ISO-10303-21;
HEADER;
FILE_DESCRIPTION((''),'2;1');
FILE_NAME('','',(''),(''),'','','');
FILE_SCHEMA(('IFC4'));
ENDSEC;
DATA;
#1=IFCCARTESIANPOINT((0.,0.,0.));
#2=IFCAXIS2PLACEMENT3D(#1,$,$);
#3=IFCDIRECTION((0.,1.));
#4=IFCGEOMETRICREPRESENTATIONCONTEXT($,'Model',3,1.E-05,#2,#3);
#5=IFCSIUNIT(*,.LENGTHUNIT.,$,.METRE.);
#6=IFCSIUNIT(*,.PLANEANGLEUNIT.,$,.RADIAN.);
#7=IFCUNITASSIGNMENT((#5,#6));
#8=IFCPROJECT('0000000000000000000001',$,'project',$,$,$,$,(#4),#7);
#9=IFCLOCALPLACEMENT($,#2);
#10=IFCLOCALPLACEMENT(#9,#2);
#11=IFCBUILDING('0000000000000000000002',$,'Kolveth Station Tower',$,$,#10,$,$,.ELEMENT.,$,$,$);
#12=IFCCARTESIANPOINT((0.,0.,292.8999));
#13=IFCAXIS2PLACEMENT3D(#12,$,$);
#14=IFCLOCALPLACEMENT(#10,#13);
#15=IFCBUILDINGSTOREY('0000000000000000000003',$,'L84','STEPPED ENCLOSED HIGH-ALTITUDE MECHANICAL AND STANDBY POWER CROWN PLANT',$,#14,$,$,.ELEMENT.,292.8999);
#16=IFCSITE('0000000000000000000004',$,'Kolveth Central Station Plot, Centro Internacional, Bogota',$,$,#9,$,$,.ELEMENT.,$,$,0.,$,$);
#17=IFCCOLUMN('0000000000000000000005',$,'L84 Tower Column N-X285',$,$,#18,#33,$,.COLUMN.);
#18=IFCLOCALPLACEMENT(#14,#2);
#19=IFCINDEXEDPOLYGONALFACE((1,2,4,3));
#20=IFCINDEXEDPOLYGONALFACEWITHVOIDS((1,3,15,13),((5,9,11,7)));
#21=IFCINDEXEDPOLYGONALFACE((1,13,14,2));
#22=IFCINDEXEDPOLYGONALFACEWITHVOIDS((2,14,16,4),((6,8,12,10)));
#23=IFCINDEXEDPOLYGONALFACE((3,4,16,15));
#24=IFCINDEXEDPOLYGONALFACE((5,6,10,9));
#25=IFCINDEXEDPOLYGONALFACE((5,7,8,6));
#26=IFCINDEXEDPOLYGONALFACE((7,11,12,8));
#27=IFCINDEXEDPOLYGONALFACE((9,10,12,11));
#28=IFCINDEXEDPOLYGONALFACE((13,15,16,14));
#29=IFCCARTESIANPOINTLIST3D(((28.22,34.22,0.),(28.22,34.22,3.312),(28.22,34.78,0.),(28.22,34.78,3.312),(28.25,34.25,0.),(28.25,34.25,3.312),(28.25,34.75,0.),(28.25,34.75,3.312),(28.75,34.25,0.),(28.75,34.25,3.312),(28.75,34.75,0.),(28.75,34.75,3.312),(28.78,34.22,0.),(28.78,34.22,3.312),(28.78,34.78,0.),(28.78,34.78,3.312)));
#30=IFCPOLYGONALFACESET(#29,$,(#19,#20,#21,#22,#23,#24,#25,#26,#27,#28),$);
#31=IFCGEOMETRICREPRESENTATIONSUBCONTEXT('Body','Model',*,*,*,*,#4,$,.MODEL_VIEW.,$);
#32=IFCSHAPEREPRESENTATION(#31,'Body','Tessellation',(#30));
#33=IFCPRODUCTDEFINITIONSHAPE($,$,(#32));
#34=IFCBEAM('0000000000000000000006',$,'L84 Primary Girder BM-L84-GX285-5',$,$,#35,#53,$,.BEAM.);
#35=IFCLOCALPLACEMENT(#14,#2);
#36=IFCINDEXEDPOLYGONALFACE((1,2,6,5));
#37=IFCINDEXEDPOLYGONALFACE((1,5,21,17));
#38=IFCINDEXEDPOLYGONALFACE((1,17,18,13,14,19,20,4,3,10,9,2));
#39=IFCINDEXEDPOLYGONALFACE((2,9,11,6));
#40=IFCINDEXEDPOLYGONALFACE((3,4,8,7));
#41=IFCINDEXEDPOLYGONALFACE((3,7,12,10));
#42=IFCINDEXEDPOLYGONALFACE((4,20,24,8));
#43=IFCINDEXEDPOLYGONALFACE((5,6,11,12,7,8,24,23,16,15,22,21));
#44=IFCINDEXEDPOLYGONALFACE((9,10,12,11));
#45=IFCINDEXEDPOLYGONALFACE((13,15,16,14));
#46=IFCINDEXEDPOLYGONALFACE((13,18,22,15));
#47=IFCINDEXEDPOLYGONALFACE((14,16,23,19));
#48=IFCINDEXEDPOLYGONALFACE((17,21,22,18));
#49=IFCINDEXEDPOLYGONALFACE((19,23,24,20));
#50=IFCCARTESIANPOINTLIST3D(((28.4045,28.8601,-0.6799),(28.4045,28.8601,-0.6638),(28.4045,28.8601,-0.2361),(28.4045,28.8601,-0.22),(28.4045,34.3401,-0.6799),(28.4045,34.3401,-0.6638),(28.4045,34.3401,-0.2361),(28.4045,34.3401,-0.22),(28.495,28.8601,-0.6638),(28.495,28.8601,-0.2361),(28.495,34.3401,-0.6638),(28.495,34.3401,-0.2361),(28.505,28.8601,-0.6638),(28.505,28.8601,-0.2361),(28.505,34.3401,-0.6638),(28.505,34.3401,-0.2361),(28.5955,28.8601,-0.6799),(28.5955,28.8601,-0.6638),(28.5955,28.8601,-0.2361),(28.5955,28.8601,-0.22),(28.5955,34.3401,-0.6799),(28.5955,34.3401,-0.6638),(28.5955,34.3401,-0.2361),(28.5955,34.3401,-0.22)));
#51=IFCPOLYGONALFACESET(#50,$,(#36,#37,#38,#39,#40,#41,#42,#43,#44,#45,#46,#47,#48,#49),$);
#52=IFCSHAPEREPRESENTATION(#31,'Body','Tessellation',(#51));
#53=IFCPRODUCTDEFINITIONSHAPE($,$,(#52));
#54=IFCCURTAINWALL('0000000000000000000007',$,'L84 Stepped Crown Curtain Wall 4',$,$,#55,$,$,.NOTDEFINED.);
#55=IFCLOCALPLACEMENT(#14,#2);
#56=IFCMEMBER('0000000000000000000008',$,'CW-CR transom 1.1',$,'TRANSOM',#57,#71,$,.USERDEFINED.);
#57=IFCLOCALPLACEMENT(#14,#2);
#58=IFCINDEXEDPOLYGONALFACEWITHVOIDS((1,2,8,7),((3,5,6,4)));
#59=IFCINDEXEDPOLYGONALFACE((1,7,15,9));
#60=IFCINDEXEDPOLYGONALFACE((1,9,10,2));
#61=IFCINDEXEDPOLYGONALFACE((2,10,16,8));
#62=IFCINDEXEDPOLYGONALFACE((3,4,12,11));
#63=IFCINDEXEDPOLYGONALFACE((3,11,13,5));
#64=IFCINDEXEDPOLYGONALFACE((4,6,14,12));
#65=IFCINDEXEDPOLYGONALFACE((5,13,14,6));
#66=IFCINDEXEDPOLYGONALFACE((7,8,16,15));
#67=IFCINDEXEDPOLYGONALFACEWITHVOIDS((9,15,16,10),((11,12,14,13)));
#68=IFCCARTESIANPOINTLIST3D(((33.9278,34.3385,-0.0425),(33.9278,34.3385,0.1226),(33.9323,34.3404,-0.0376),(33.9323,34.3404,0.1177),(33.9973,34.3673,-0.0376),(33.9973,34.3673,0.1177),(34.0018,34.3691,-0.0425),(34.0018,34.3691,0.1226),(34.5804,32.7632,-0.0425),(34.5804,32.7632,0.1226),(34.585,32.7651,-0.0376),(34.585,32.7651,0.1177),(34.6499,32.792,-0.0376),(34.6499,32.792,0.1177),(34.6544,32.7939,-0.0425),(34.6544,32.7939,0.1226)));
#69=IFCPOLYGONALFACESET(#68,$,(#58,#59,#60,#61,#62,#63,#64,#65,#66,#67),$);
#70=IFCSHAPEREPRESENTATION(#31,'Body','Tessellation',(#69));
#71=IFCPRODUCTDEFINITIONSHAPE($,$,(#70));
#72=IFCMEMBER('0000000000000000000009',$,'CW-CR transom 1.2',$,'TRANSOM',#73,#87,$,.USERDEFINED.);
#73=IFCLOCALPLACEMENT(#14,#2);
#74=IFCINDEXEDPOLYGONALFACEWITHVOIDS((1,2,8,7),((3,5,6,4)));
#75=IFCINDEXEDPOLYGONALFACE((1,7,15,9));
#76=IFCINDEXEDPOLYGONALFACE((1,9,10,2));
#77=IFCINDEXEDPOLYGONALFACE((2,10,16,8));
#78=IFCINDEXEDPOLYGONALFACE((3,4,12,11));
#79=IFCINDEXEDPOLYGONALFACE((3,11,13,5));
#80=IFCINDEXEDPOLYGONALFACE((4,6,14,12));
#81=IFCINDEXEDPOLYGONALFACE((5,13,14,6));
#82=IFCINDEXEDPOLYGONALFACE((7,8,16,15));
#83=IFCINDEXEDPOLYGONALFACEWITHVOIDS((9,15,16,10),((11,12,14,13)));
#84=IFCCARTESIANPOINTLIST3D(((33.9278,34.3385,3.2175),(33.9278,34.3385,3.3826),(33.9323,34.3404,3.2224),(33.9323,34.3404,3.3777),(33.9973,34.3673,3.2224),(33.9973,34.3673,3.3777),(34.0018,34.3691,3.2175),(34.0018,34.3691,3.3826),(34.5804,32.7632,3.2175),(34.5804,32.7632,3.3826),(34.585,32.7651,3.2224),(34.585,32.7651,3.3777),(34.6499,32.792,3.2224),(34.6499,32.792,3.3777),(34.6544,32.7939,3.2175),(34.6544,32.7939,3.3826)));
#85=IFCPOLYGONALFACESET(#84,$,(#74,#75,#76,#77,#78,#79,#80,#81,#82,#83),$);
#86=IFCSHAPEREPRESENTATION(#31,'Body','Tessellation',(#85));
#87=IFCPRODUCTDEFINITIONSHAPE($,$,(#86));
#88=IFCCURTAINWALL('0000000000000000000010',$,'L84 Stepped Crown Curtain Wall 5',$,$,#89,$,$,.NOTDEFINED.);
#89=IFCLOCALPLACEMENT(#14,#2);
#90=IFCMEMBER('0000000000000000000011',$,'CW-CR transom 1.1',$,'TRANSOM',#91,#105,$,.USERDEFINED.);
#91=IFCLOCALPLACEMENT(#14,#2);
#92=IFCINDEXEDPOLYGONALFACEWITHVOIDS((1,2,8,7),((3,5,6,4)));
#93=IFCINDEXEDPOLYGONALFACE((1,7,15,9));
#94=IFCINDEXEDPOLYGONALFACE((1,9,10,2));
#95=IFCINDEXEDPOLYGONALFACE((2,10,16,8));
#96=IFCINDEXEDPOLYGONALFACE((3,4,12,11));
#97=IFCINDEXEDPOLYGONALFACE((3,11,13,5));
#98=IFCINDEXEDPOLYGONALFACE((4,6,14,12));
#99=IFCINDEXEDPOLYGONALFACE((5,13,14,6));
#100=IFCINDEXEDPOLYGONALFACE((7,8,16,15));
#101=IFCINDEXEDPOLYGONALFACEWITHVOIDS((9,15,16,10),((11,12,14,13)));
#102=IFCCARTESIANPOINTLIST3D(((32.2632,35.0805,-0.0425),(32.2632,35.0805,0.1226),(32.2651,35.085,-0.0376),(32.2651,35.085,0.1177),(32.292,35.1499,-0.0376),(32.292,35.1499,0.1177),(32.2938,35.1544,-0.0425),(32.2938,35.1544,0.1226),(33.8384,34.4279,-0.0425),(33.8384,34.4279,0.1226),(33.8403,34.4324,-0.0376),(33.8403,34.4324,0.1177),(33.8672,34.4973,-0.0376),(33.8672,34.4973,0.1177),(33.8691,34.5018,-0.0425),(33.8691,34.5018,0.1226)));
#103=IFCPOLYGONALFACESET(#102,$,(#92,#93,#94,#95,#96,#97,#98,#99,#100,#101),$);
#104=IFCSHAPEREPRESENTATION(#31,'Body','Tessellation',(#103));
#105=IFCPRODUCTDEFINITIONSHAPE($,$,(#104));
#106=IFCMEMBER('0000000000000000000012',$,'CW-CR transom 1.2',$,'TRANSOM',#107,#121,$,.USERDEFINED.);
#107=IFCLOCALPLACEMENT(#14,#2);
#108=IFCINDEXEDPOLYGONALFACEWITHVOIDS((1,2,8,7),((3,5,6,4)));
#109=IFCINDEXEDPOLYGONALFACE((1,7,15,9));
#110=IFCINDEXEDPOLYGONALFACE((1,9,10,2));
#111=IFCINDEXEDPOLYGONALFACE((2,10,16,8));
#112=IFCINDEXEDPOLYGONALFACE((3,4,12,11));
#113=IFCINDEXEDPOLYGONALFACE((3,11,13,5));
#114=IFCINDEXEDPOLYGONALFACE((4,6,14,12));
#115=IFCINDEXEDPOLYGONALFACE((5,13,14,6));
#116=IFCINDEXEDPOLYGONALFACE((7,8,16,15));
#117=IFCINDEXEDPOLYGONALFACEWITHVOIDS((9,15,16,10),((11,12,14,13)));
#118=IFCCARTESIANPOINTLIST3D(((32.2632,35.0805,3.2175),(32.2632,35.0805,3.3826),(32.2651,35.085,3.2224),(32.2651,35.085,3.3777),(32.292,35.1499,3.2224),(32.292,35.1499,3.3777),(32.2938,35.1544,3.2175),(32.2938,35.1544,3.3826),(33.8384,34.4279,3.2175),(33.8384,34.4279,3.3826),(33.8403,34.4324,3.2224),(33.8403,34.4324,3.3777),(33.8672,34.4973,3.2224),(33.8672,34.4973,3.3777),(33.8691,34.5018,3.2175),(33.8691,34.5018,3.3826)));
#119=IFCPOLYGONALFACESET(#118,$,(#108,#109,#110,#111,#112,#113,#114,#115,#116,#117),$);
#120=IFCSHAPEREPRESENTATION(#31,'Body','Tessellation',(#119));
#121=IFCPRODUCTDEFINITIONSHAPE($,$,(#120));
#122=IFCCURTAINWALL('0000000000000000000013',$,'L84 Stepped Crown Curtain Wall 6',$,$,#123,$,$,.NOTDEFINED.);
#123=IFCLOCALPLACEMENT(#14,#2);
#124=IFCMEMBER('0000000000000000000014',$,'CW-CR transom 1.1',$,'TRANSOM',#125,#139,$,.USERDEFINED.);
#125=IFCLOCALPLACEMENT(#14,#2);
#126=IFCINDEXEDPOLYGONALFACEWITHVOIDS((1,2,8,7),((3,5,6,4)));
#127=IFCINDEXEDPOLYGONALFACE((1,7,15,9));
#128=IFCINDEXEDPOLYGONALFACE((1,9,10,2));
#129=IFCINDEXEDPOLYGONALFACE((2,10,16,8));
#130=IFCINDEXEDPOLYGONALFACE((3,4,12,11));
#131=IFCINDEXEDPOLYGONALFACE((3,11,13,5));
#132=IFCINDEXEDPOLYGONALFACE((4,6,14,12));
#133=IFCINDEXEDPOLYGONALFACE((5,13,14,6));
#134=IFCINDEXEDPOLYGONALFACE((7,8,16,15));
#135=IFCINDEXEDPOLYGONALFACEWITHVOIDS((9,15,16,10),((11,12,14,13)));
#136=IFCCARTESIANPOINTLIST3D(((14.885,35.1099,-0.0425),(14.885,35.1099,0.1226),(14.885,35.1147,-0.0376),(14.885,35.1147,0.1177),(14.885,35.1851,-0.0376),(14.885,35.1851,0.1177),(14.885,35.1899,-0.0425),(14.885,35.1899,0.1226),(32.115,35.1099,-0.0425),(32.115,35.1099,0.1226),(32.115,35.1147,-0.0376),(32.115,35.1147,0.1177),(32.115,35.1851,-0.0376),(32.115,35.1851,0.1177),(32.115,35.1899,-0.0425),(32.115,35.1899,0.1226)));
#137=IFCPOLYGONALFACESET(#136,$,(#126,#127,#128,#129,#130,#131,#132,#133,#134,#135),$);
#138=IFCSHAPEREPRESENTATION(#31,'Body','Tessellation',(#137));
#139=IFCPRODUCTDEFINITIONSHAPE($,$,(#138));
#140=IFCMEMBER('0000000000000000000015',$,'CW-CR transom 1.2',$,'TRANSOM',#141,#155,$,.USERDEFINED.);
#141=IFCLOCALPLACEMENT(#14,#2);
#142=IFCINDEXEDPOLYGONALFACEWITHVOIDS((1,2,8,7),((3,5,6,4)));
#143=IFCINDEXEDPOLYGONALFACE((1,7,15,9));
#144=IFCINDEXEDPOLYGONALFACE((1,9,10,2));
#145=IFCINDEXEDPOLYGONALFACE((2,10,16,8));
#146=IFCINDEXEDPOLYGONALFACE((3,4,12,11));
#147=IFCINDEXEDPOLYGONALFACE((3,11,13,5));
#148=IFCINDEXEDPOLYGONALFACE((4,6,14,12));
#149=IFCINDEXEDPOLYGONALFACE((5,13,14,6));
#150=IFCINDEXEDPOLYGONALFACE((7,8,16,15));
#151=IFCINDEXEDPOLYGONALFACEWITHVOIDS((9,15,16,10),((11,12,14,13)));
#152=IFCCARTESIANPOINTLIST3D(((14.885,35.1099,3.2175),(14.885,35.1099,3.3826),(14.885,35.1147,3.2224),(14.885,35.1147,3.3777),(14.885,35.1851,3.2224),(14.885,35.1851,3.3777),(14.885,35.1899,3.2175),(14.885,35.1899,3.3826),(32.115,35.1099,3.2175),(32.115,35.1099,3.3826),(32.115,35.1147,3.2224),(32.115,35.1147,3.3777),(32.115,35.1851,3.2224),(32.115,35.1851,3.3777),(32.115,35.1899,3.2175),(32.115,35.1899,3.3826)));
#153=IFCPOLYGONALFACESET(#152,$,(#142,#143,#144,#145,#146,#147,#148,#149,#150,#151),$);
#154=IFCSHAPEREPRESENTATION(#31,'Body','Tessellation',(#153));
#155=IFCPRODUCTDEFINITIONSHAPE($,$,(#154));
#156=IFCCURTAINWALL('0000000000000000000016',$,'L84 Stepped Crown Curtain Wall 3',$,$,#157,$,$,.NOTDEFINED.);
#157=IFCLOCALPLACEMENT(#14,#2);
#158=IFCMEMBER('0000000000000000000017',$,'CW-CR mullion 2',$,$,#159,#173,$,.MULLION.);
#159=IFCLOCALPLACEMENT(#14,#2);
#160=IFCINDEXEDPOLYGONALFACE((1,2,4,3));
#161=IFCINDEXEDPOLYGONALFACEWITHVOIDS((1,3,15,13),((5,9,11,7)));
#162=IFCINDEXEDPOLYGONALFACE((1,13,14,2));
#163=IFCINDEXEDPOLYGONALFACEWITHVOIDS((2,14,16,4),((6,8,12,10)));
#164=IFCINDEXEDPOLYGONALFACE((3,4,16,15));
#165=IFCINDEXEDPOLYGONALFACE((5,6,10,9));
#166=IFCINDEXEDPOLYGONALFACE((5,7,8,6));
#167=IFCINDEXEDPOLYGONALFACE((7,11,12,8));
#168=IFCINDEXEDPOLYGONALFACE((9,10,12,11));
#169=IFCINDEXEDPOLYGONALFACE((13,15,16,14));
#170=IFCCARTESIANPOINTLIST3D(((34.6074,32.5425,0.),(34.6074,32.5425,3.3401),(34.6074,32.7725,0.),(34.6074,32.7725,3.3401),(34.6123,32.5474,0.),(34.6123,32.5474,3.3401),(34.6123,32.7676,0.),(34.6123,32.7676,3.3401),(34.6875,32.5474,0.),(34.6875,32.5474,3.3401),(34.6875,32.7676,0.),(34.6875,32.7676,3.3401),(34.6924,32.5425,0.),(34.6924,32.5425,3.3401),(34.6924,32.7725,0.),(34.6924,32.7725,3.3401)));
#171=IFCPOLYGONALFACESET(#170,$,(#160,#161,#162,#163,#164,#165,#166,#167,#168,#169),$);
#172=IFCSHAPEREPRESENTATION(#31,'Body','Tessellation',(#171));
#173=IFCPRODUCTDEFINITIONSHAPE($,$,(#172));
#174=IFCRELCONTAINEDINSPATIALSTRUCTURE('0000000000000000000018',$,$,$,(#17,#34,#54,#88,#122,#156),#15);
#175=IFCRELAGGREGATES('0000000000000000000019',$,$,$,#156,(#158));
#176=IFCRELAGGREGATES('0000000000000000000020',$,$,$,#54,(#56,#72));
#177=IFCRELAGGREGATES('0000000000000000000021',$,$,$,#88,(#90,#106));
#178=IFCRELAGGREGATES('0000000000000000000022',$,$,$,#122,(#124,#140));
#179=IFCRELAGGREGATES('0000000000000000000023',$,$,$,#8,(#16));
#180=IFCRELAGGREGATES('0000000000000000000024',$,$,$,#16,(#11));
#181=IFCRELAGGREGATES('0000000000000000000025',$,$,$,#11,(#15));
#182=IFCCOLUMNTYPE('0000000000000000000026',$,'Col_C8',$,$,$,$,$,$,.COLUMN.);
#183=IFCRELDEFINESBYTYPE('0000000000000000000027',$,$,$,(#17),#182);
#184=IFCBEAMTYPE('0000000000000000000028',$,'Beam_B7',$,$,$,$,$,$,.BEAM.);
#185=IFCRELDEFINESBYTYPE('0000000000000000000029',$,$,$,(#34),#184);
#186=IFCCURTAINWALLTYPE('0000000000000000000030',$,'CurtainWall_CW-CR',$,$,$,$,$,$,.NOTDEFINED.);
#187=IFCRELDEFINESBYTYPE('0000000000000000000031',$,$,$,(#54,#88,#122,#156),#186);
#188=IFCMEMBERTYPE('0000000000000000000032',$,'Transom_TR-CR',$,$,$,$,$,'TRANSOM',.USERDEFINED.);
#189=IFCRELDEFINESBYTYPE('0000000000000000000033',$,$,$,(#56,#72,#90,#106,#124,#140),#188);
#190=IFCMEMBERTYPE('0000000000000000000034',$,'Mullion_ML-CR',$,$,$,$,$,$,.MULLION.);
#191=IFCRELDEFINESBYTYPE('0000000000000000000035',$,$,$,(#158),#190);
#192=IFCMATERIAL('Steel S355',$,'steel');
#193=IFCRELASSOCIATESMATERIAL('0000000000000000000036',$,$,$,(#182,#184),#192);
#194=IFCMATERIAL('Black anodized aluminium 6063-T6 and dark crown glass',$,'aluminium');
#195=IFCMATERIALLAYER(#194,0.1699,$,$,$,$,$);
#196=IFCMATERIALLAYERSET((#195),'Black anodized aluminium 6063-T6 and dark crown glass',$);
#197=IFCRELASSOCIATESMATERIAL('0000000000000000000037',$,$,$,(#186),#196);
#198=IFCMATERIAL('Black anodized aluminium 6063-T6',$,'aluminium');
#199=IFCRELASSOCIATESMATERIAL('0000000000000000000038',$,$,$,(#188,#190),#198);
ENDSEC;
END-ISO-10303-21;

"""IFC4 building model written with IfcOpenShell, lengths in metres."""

from ifc_helpers import new_model, si_unit, direction, frame, origin, origin_2d, place, context, subcontext, project, spatial, hollow_rectangle, i_section, extrude, source, transform, mapped, material, layer, layer_set, material_profile, profile_set, type_object, element, aggregate, save


model = new_model("IFC4")

# Units and contexts
model_context = context("Model", 3, precision=1e-05, world=origin(), true_north=direction((0.0, 1.0)))
body_context = subcontext(model_context, "Body", "Model", "MODEL_VIEW")
ifc_project = project(units=[si_unit("LENGTHUNIT", "METRE"), si_unit("PLANEANGLEUNIT", "RADIAN")], contexts=[model_context])

# Site, building, storey
site_placement = place(None, origin())
site = spatial("IfcSite", under=ifc_project, at=site_placement, Name="Kolveth Central Station Plot, Centro Internacional, Bogota", CompositionType="ELEMENT", RefElevation=0.0)
building_placement = place(site_placement, origin())
building = spatial("IfcBuilding", under=site, at=building_placement, Name="Kolveth Station Tower", CompositionType="ELEMENT")
storey_placement = place(building_placement, frame((0.0, 0.0, 292.8999)))
storey = spatial("IfcBuildingStorey", under=building, at=storey_placement, Name="L84", Description="STEPPED ENCLOSED HIGH-ALTITUDE MECHANICAL AND STANDBY POWER CROWN PLANT", CompositionType="ELEMENT", Elevation=292.8999)

# Column
ifc_material_1 = material(Name="Steel S355", Category="steel")
ifc_material_profile_1 = material_profile(ifc_material_1, hollow_rectangle(XDim=0.5601, YDim=0.5601, WallThickness=0.03, at=origin_2d()), Name="BOX560x560x30")
ifc_profile_set_1 = profile_set([ifc_material_profile_1], Name="Steel S355")
column_type = type_object("IfcColumnType", Name="Col_C8", PredefinedType="COLUMN", material=ifc_profile_set_1)
shared_shape_1 = source(origin(), body_context, "Body", "SweptSolid", [
    extrude(hollow_rectangle(XDim=0.5601, YDim=0.5601, WallThickness=0.03, at=origin_2d()), origin(), (0.0, 0.0, 1.0), 3.312),
])
column_placement = place(storey_placement, frame((28.5, 34.5, 0.0), z_axis=(0.0, 0.0, 1.0), x_axis=(1.0, 0.0, 0.0)))
element("IfcColumn", 1, at=column_placement, inside=storey, type_object=column_type, Name="L84 Tower Column N-X285", PredefinedType="COLUMN", context=body_context, shape_type="MappedRepresentation", body=[
    mapped(shared_shape_1, transform((0.0, 0.0, 0.0), x_axis=(1.0, 0.0, 0.0), y_axis=(0.0, 1.0, 0.0), z_axis=(0.0, 0.0, 1.0), scale=1.0)),
])

# Beam
ifc_material_profile_2 = material_profile(ifc_material_1, i_section(OverallWidth=0.1909, OverallDepth=0.46, WebThickness=0.01, FlangeThickness=0.0161, at=origin_2d()), Name="W460x82")
ifc_profile_set_2 = profile_set([ifc_material_profile_2], Name="Steel S355")
beam_type = type_object("IfcBeamType", Name="Beam_B7", PredefinedType="BEAM", material=ifc_profile_set_2)
shared_shape_2 = source(origin(), body_context, "Body", "SweptSolid", [
    extrude(i_section(OverallWidth=0.1909, OverallDepth=0.46, WebThickness=0.01, FlangeThickness=0.0161, at=origin_2d()), origin(), (0.0, 0.0, 1.0), 5.48),
])
beam_placement = place(storey_placement, frame((28.5, 28.8601, -0.45), z_axis=(0.0, 1.0, 0.0), x_axis=(-1.0, 0.0, 0.0)))
element("IfcBeam", 2, at=beam_placement, inside=storey, type_object=beam_type, Name="L84 Primary Girder BM-L84-GX285-5", PredefinedType="BEAM", context=body_context, shape_type="MappedRepresentation", body=[
    mapped(shared_shape_2, transform((0.0, 0.0, 0.0), x_axis=(1.0, 0.0, 0.0), y_axis=(0.0, 1.0, 0.0), z_axis=(0.0, 0.0, 1.0), scale=1.0)),
])

# Curtain walls, members
ifc_material_2 = material(Name="Black anodized aluminium 6063-T6 and dark crown glass", Category="aluminium")
ifc_layer_1 = layer(ifc_material_2, 0.1699)
ifc_layer_set_1 = layer_set([ifc_layer_1], Name="Black anodized aluminium 6063-T6 and dark crown glass")
curtain_wall_type = type_object("IfcCurtainWallType", Name="CurtainWall_CW-CR", PredefinedType="NOTDEFINED", material=ifc_layer_set_1)
curtain_wall_1_placement = place(storey_placement, origin())
curtain_wall_1 = element("IfcCurtainWall", 3, at=curtain_wall_1_placement, inside=storey, type_object=curtain_wall_type, Name="L84 Stepped Crown Curtain Wall 4", PredefinedType="NOTDEFINED")
ifc_material_3 = material(Name="Black anodized aluminium 6063-T6", Category="aluminium")
ifc_material_profile_3 = material_profile(ifc_material_3, hollow_rectangle(XDim=0.0801, YDim=0.165, WallThickness=0.0049, at=origin_2d()), Name="ALU-80x165x5")
ifc_profile_set_3 = profile_set([ifc_material_profile_3], Name="Black anodized aluminium 6063-T6")
member_type_1 = type_object("IfcMemberType", Name="Transom_TR-CR", ElementType="TRANSOM", PredefinedType="USERDEFINED", material=ifc_profile_set_3)
shared_shape_3 = source(origin(), body_context, "Body", "SweptSolid", [
    extrude(hollow_rectangle(XDim=0.0801, YDim=0.165, WallThickness=0.0049, at=origin_2d()), origin(), (0.0, 0.0, 1.0), 1.7051),
])
member_1_placement = place(storey_placement, frame((34.6174, 32.7786, 0.04), z_axis=(-0.382744, 0.923855, 0.0), x_axis=(-0.923855, -0.382744, 0.0)))
member_1 = element("IfcMember", 4, at=member_1_placement, type_object=member_type_1, Name="CW-CR transom 1.1", ObjectType="TRANSOM", PredefinedType="USERDEFINED", context=body_context, shape_type="MappedRepresentation", body=[
    mapped(shared_shape_3, transform((0.0, 0.0, 0.0), x_axis=(1.0, 0.0, 0.0), y_axis=(0.0, 1.0, 0.0), z_axis=(0.0, 0.0, 1.0), scale=1.0)),
])
member_2_placement = place(storey_placement, frame((34.6174, 32.7786, 3.3), z_axis=(-0.382744, 0.923855, 0.0), x_axis=(-0.923855, -0.382744, 0.0)))
member_2 = element("IfcMember", 5, at=member_2_placement, type_object=member_type_1, Name="CW-CR transom 1.2", ObjectType="TRANSOM", PredefinedType="USERDEFINED", context=body_context, shape_type="MappedRepresentation", body=[
    mapped(shared_shape_3, transform((0.0, 0.0, 0.0), x_axis=(1.0, 0.0, 0.0), y_axis=(0.0, 1.0, 0.0), z_axis=(0.0, 0.0, 1.0), scale=1.0)),
])
curtain_wall_2_placement = place(storey_placement, origin())
curtain_wall_2 = element("IfcCurtainWall", 6, at=curtain_wall_2_placement, inside=storey, type_object=curtain_wall_type, Name="L84 Stepped Crown Curtain Wall 5", PredefinedType="NOTDEFINED")
member_3_placement = place(storey_placement, frame((33.8538, 34.4648, 0.04), z_axis=(-0.923855, 0.382744, 0.0), x_axis=(-0.382744, -0.923855, 0.0)))
member_3 = element("IfcMember", 7, at=member_3_placement, type_object=member_type_1, Name="CW-CR transom 1.1", ObjectType="TRANSOM", PredefinedType="USERDEFINED", context=body_context, shape_type="MappedRepresentation", body=[
    mapped(shared_shape_3, transform((0.0, 0.0, 0.0), x_axis=(1.0, 0.0, 0.0), y_axis=(0.0, 1.0, 0.0), z_axis=(0.0, 0.0, 1.0), scale=1.0)),
])
member_4_placement = place(storey_placement, frame((33.8538, 34.4648, 3.3), z_axis=(-0.923855, 0.382744, 0.0), x_axis=(-0.382744, -0.923855, 0.0)))
member_4 = element("IfcMember", 8, at=member_4_placement, type_object=member_type_1, Name="CW-CR transom 1.2", ObjectType="TRANSOM", PredefinedType="USERDEFINED", context=body_context, shape_type="MappedRepresentation", body=[
    mapped(shared_shape_3, transform((0.0, 0.0, 0.0), x_axis=(1.0, 0.0, 0.0), y_axis=(0.0, 1.0, 0.0), z_axis=(0.0, 0.0, 1.0), scale=1.0)),
])
curtain_wall_3_placement = place(storey_placement, origin())
curtain_wall_3 = element("IfcCurtainWall", 9, at=curtain_wall_3_placement, inside=storey, type_object=curtain_wall_type, Name="L84 Stepped Crown Curtain Wall 6", PredefinedType="NOTDEFINED")
shared_shape_4 = source(origin(), body_context, "Body", "SweptSolid", [
    extrude(hollow_rectangle(XDim=0.0801, YDim=0.165, WallThickness=0.0049, at=origin_2d()), origin(), (0.0, 0.0, 1.0), 17.23),
])
member_5_placement = place(storey_placement, frame((32.115, 35.1499, 0.04), z_axis=(-1.0, 0.0, 0.0), x_axis=(0.0, -1.0, 0.0)))
member_5 = element("IfcMember", 10, at=member_5_placement, type_object=member_type_1, Name="CW-CR transom 1.1", ObjectType="TRANSOM", PredefinedType="USERDEFINED", context=body_context, shape_type="MappedRepresentation", body=[
    mapped(shared_shape_4, transform((0.0, 0.0, 0.0), x_axis=(1.0, 0.0, 0.0), y_axis=(0.0, 1.0, 0.0), z_axis=(0.0, 0.0, 1.0), scale=1.0)),
])
member_6_placement = place(storey_placement, frame((32.115, 35.1499, 3.3), z_axis=(-1.0, 0.0, 0.0), x_axis=(0.0, -1.0, 0.0)))
member_6 = element("IfcMember", 11, at=member_6_placement, type_object=member_type_1, Name="CW-CR transom 1.2", ObjectType="TRANSOM", PredefinedType="USERDEFINED", context=body_context, shape_type="MappedRepresentation", body=[
    mapped(shared_shape_4, transform((0.0, 0.0, 0.0), x_axis=(1.0, 0.0, 0.0), y_axis=(0.0, 1.0, 0.0), z_axis=(0.0, 0.0, 1.0), scale=1.0)),
])

# Curtain wall, member
curtain_wall_4_placement = place(storey_placement, origin())
curtain_wall_4 = element("IfcCurtainWall", 12, at=curtain_wall_4_placement, inside=storey, type_object=curtain_wall_type, Name="L84 Stepped Crown Curtain Wall 3", PredefinedType="NOTDEFINED")
ifc_material_profile_4 = material_profile(ifc_material_3, hollow_rectangle(XDim=0.085, YDim=0.23, WallThickness=0.0049, at=origin_2d()), Name="ALU-85x230x5")
ifc_profile_set_4 = profile_set([ifc_material_profile_4], Name="Black anodized aluminium 6063-T6")
member_type_2 = type_object("IfcMemberType", Name="Mullion_ML-CR", PredefinedType="MULLION", material=ifc_profile_set_4)
shared_shape_5 = source(origin(), body_context, "Body", "SweptSolid", [
    extrude(hollow_rectangle(XDim=0.085, YDim=0.23, WallThickness=0.0049, at=origin_2d()), origin(), (0.0, 0.0, 1.0), 3.3401),
])
member_7_placement = place(storey_placement, frame((34.6499, 32.6575, 0.0), z_axis=(0.0, 0.0, 1.0), x_axis=(-1.0, 0.0, 0.0)))
member_7 = element("IfcMember", 13, at=member_7_placement, type_object=member_type_2, Name="CW-CR mullion 2", PredefinedType="MULLION", context=body_context, shape_type="MappedRepresentation", body=[
    mapped(shared_shape_5, transform((0.0, 0.0, 0.0), x_axis=(1.0, 0.0, 0.0), y_axis=(0.0, 1.0, 0.0), z_axis=(0.0, 0.0, 1.0), scale=1.0)),
])
aggregate(curtain_wall_4, [member_7])

aggregate(curtain_wall_1, [member_1, member_2])
aggregate(curtain_wall_2, [member_3, member_4])
aggregate(curtain_wall_3, [member_5, member_6])

save(model, "model.ifc")
